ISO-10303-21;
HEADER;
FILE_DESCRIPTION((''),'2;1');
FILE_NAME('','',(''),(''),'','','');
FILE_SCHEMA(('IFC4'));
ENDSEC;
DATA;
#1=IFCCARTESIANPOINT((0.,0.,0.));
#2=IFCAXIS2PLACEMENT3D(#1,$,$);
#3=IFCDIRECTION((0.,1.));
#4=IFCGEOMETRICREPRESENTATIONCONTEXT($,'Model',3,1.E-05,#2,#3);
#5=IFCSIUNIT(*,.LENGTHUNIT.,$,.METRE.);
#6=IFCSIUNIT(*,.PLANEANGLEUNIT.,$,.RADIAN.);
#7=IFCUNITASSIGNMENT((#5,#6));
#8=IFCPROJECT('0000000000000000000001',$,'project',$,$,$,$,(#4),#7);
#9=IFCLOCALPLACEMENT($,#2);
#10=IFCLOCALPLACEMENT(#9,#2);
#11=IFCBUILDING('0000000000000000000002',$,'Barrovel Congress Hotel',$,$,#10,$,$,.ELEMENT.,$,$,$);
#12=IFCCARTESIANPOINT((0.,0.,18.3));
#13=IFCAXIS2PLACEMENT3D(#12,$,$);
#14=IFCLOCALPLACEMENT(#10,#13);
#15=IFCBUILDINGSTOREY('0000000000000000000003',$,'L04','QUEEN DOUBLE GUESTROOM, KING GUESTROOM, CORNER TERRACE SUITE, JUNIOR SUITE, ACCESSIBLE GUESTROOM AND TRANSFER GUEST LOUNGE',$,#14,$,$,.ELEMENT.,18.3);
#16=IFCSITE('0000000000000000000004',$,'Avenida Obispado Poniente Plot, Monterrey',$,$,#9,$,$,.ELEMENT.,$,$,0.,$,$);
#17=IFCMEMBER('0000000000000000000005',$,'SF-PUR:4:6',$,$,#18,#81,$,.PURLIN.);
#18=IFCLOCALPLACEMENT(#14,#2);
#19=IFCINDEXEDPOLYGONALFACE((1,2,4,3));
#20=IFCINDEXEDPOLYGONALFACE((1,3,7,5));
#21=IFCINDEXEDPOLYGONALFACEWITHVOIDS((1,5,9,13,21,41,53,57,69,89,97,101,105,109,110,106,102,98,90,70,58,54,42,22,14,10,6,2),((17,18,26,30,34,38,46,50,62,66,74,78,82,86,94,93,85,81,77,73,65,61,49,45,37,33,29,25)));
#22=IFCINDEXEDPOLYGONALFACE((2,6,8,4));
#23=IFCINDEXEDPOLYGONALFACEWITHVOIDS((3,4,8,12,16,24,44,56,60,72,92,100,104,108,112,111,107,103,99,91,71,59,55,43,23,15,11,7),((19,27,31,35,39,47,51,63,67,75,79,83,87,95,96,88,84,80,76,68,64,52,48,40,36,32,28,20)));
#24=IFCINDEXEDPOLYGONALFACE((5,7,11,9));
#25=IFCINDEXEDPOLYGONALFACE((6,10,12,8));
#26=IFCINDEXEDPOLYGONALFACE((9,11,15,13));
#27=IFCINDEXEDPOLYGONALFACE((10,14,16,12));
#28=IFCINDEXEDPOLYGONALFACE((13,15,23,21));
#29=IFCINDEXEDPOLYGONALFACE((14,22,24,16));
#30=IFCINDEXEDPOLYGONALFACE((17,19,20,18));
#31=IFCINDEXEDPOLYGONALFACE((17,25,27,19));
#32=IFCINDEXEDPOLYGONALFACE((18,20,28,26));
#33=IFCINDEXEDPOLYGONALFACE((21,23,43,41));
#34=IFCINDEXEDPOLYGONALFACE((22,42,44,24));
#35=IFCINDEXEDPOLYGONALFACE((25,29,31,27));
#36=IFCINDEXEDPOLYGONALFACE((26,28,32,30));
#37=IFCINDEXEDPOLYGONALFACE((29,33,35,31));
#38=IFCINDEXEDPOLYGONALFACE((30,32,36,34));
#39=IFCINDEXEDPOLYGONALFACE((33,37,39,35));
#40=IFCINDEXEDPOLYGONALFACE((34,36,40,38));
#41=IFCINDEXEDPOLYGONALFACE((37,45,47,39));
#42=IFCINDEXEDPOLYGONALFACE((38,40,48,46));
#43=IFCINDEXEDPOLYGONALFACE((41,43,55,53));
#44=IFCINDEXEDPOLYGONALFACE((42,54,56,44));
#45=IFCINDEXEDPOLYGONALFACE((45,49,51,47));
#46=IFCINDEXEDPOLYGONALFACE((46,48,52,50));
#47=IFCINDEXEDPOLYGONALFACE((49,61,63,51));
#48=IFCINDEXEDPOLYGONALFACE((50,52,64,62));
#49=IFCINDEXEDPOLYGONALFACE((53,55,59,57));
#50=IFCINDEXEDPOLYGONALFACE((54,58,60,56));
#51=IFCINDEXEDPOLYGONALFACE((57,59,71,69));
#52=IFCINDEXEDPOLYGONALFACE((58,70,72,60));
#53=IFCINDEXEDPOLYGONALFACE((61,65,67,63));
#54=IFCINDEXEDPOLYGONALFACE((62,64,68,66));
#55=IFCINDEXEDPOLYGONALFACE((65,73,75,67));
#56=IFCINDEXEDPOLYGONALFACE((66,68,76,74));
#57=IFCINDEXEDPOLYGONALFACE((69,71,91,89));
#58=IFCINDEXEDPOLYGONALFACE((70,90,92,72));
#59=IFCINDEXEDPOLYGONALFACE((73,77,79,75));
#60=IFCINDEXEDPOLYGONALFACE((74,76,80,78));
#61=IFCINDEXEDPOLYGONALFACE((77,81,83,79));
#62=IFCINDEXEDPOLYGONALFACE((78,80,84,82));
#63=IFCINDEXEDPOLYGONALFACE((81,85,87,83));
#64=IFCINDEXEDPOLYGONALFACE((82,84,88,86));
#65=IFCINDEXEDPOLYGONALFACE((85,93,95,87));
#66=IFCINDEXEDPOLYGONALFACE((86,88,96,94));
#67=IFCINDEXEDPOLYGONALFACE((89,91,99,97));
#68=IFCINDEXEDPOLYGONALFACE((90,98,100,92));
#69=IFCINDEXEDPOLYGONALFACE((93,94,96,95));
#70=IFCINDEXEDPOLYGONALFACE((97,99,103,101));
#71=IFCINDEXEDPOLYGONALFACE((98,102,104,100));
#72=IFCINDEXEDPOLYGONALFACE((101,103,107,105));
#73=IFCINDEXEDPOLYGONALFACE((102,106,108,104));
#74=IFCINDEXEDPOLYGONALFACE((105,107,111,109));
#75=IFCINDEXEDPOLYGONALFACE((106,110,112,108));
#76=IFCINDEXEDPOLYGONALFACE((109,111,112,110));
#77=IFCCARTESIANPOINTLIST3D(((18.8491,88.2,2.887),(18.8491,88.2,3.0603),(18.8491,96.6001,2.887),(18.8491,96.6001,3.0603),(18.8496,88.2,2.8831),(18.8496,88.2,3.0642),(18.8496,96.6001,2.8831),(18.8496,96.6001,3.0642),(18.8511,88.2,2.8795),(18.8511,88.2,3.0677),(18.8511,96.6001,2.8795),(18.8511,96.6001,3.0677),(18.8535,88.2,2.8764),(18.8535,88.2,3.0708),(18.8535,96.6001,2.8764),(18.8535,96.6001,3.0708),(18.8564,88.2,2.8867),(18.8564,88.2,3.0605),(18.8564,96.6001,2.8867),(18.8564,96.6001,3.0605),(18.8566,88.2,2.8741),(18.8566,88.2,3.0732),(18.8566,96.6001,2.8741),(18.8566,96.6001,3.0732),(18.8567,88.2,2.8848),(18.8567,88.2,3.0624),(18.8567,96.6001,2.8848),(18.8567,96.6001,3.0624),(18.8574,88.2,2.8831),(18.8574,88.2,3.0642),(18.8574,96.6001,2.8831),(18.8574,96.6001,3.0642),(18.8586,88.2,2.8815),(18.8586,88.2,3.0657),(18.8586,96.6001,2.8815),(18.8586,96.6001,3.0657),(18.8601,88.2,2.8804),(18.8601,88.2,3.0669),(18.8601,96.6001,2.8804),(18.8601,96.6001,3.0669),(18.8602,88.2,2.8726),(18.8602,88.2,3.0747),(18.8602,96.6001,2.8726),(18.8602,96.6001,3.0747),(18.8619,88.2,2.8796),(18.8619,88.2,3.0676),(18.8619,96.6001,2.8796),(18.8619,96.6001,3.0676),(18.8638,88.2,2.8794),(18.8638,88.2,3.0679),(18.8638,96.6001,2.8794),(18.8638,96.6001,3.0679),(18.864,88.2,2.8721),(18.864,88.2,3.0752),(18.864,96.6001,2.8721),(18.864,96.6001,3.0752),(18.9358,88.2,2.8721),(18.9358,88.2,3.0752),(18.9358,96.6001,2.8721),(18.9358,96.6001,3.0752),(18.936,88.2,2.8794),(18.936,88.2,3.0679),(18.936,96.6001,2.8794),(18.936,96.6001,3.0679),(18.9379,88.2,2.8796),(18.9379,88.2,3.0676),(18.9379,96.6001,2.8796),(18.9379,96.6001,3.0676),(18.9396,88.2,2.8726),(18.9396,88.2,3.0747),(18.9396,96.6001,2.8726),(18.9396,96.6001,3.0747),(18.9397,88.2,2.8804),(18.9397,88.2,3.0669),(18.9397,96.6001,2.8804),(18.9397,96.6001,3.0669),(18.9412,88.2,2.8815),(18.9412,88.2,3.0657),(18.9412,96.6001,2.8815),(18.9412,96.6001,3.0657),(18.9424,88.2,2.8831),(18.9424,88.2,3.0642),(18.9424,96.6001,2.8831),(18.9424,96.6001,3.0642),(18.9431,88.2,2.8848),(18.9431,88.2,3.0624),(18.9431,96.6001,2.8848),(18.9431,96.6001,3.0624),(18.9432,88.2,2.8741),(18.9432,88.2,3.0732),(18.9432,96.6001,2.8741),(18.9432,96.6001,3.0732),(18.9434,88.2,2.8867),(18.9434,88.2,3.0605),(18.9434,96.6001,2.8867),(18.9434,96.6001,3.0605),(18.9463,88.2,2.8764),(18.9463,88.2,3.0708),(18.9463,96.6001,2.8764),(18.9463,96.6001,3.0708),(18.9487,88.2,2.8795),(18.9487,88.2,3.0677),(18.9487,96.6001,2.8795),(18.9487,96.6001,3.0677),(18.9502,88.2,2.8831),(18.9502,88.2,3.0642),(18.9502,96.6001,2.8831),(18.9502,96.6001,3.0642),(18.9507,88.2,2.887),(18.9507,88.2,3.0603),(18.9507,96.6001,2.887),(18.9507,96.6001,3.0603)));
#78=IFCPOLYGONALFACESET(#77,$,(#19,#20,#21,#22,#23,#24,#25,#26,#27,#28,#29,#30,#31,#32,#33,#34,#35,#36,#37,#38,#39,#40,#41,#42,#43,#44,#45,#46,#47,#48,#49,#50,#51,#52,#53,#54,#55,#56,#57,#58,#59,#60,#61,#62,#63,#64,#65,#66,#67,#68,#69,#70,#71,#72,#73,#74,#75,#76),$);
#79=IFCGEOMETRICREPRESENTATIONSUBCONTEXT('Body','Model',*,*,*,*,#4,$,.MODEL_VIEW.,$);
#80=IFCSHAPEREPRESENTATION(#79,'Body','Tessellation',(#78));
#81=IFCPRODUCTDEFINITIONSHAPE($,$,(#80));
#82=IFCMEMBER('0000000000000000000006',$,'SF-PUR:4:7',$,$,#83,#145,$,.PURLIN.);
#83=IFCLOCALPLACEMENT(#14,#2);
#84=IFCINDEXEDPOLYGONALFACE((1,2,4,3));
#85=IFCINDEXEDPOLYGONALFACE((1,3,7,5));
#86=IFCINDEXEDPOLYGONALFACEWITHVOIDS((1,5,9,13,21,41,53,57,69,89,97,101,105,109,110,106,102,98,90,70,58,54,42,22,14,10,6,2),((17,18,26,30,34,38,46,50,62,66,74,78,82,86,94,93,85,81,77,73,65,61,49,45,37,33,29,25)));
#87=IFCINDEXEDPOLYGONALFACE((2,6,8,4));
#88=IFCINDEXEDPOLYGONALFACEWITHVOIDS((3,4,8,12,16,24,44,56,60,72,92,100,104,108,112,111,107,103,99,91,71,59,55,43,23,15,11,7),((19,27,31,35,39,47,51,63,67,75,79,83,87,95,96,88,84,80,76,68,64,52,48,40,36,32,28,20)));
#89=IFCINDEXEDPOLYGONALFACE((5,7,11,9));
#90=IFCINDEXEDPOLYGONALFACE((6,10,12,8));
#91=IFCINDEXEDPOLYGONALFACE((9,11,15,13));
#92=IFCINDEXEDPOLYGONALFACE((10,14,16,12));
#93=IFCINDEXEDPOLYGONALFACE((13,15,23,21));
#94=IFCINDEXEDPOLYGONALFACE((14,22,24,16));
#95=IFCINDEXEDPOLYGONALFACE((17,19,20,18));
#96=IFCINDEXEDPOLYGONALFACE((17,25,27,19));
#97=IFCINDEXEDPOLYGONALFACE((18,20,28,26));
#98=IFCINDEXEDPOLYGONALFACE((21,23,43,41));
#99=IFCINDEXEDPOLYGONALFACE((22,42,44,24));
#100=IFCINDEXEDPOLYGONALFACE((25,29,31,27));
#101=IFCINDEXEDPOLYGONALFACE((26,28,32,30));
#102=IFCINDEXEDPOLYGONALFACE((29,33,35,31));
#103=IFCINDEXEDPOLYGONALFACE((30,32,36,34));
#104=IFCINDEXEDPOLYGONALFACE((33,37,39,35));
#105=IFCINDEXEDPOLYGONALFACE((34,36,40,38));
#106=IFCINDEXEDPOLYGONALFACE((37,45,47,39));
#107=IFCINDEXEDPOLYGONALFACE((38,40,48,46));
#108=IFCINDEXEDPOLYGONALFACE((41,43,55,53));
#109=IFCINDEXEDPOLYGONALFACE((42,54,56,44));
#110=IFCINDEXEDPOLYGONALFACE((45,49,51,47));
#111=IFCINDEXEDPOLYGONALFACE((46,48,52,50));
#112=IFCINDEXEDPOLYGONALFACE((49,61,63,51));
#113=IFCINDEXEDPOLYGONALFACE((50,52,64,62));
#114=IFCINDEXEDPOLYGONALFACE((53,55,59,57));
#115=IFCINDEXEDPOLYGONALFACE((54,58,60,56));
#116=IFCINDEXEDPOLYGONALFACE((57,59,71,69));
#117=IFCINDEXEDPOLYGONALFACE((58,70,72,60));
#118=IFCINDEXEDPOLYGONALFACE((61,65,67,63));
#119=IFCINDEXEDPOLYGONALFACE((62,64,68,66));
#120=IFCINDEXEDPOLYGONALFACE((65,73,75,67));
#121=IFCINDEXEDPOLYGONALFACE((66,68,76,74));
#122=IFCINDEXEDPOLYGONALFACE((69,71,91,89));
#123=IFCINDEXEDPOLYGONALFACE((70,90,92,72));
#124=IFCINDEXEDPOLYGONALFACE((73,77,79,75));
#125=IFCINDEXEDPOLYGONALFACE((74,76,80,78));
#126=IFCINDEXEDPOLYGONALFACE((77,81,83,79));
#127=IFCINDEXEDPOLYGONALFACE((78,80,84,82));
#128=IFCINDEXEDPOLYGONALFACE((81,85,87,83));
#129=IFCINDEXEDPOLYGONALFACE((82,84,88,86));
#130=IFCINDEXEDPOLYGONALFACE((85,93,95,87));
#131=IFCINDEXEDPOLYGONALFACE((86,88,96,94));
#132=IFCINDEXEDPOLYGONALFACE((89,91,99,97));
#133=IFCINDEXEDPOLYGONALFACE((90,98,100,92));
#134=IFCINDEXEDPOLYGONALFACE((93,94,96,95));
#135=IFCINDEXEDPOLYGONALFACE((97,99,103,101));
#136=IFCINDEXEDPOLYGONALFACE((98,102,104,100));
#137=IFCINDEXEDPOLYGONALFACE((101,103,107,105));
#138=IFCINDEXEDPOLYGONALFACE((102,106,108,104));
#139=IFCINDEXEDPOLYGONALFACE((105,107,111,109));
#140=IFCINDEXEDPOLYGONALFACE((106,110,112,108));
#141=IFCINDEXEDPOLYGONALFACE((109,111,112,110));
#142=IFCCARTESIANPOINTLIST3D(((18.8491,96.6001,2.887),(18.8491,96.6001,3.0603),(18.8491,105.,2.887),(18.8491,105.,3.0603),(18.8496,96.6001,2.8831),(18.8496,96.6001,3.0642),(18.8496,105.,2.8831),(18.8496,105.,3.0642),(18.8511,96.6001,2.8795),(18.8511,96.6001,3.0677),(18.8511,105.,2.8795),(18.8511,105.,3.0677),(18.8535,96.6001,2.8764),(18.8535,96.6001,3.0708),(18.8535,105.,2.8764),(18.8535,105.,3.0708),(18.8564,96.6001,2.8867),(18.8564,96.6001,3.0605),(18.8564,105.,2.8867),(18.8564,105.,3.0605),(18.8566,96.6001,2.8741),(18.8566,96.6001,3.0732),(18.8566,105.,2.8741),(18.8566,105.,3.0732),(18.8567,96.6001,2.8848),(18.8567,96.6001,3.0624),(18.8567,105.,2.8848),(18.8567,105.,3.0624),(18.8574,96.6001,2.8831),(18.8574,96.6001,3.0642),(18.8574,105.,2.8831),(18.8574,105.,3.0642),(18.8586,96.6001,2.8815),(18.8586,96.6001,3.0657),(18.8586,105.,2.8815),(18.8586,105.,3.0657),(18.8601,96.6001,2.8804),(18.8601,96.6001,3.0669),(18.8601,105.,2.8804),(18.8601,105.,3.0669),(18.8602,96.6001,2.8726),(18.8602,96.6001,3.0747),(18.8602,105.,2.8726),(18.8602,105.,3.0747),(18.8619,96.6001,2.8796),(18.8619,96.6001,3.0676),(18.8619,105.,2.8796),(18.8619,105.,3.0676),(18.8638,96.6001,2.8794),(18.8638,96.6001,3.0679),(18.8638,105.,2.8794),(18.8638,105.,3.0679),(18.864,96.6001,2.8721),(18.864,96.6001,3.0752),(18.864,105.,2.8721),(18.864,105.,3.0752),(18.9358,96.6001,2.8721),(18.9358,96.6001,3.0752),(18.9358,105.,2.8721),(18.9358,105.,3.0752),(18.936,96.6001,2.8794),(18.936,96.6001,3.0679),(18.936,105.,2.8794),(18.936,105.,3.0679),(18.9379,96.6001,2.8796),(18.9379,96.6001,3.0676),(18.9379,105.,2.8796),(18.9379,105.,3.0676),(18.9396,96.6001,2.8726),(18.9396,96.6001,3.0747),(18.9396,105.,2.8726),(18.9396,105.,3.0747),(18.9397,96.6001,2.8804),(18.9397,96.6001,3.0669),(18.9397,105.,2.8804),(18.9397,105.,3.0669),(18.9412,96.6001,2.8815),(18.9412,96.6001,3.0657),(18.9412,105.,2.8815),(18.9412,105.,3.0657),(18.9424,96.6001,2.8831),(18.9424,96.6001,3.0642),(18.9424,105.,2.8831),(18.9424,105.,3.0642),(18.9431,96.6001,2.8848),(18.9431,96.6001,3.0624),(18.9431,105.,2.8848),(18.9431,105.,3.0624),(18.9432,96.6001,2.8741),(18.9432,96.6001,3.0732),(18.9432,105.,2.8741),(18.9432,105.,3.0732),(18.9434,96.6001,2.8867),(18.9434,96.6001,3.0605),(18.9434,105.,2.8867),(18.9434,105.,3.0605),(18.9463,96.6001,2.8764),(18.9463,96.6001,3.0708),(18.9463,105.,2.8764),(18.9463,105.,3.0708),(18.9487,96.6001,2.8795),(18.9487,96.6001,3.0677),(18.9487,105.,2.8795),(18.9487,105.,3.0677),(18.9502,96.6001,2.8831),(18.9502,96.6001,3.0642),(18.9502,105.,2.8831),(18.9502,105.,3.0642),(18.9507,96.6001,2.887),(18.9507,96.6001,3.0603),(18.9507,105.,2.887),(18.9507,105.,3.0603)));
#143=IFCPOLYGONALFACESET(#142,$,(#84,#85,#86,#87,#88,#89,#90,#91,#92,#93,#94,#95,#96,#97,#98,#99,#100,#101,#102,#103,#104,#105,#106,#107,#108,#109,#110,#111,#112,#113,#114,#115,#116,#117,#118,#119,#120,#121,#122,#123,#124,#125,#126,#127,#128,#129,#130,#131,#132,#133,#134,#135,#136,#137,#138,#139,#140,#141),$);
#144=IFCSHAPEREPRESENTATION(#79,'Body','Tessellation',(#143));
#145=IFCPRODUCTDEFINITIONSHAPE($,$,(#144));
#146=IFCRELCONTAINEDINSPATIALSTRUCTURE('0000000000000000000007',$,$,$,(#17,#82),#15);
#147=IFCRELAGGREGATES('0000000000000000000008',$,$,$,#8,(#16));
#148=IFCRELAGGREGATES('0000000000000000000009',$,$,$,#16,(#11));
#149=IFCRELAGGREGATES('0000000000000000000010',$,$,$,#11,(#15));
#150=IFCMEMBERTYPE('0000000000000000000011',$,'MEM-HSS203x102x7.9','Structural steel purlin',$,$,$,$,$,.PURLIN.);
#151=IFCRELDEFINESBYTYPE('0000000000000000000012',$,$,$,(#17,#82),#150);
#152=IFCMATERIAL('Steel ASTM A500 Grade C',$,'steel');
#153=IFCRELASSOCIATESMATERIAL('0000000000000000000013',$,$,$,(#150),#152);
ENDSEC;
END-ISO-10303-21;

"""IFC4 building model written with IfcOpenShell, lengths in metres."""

from ifc_helpers import new_model, si_unit, direction, frame, origin, origin_2d, place, context, subcontext, project, spatial, hollow_rectangle, extrude, material, material_profile, profile_set, type_object, element, save


model = new_model("IFC4")

# Units and contexts
model_context = context("Model", 3, precision=1e-05, world=origin(), true_north=direction((0.0, 1.0)))
body_context = subcontext(model_context, "Body", "Model", "MODEL_VIEW")
ifc_project = project(units=[si_unit("LENGTHUNIT", "METRE"), si_unit("PLANEANGLEUNIT", "RADIAN")], contexts=[model_context])

# Site, building, storey
site_placement = place(None, origin())
site = spatial("IfcSite", under=ifc_project, at=site_placement, Name="Avenida Obispado Poniente Plot, Monterrey", CompositionType="ELEMENT", RefElevation=0.0)
building_placement = place(site_placement, origin())
building = spatial("IfcBuilding", under=site, at=building_placement, Name="Barrovel Congress Hotel", CompositionType="ELEMENT")
storey_placement = place(building_placement, frame((0.0, 0.0, 18.3)))
storey = spatial("IfcBuildingStorey", under=building, at=storey_placement, Name="L04", Description="QUEEN DOUBLE GUESTROOM, KING GUESTROOM, CORNER TERRACE SUITE, JUNIOR SUITE, ACCESSIBLE GUESTROOM AND TRANSFER GUEST LOUNGE", CompositionType="ELEMENT", Elevation=18.3)

# Members
ifc_material_1 = material(Name="Steel ASTM A500 Grade C", Category="steel")
ifc_material_profile_1 = material_profile(ifc_material_1, hollow_rectangle(XDim=0.1016, YDim=0.2031, WallThickness=0.0073, InnerFilletRadius=0.0073, OuterFilletRadius=0.0149, at=origin_2d()), Name="HSS203x102x7.9")
ifc_profile_set_1 = profile_set([ifc_material_profile_1], Name="Steel ASTM A500 Grade C")
member_type_1 = type_object("IfcMemberType", Name="MEM-HSS203x102x7.9", Description="Structural steel purlin", PredefinedType="PURLIN", material=ifc_profile_set_1)
member_1_placement = place(storey_placement, frame((18.8999, 88.2, 2.9736), z_axis=(0.0, 1.0, 0.0), x_axis=(-1.0, 0.0, 0.0)))
element("IfcMember", 1, at=member_1_placement, inside=storey, type_object=member_type_1, Name="SF-PUR:4:6", PredefinedType="PURLIN", context=body_context, shape_type="SweptSolid", body=[
    extrude(hollow_rectangle(XDim=0.1016, YDim=0.2031, WallThickness=0.0073, InnerFilletRadius=0.0073, OuterFilletRadius=0.0149, at=origin_2d()), origin(), (0.0, 0.0, 1.0), 8.4001),
])
member_2_placement = place(storey_placement, frame((18.8999, 96.6001, 2.9736), z_axis=(0.0, 1.0, 0.0), x_axis=(-1.0, 0.0, 0.0)))
element("IfcMember", 2, at=member_2_placement, inside=storey, type_object=member_type_1, Name="SF-PUR:4:7", PredefinedType="PURLIN", context=body_context, shape_type="SweptSolid", body=[
    extrude(hollow_rectangle(XDim=0.1016, YDim=0.2031, WallThickness=0.0073, InnerFilletRadius=0.0073, OuterFilletRadius=0.0149, at=origin_2d()), origin(), (0.0, 0.0, 1.0), 8.3999),
])

save(model, "model.ifc")
